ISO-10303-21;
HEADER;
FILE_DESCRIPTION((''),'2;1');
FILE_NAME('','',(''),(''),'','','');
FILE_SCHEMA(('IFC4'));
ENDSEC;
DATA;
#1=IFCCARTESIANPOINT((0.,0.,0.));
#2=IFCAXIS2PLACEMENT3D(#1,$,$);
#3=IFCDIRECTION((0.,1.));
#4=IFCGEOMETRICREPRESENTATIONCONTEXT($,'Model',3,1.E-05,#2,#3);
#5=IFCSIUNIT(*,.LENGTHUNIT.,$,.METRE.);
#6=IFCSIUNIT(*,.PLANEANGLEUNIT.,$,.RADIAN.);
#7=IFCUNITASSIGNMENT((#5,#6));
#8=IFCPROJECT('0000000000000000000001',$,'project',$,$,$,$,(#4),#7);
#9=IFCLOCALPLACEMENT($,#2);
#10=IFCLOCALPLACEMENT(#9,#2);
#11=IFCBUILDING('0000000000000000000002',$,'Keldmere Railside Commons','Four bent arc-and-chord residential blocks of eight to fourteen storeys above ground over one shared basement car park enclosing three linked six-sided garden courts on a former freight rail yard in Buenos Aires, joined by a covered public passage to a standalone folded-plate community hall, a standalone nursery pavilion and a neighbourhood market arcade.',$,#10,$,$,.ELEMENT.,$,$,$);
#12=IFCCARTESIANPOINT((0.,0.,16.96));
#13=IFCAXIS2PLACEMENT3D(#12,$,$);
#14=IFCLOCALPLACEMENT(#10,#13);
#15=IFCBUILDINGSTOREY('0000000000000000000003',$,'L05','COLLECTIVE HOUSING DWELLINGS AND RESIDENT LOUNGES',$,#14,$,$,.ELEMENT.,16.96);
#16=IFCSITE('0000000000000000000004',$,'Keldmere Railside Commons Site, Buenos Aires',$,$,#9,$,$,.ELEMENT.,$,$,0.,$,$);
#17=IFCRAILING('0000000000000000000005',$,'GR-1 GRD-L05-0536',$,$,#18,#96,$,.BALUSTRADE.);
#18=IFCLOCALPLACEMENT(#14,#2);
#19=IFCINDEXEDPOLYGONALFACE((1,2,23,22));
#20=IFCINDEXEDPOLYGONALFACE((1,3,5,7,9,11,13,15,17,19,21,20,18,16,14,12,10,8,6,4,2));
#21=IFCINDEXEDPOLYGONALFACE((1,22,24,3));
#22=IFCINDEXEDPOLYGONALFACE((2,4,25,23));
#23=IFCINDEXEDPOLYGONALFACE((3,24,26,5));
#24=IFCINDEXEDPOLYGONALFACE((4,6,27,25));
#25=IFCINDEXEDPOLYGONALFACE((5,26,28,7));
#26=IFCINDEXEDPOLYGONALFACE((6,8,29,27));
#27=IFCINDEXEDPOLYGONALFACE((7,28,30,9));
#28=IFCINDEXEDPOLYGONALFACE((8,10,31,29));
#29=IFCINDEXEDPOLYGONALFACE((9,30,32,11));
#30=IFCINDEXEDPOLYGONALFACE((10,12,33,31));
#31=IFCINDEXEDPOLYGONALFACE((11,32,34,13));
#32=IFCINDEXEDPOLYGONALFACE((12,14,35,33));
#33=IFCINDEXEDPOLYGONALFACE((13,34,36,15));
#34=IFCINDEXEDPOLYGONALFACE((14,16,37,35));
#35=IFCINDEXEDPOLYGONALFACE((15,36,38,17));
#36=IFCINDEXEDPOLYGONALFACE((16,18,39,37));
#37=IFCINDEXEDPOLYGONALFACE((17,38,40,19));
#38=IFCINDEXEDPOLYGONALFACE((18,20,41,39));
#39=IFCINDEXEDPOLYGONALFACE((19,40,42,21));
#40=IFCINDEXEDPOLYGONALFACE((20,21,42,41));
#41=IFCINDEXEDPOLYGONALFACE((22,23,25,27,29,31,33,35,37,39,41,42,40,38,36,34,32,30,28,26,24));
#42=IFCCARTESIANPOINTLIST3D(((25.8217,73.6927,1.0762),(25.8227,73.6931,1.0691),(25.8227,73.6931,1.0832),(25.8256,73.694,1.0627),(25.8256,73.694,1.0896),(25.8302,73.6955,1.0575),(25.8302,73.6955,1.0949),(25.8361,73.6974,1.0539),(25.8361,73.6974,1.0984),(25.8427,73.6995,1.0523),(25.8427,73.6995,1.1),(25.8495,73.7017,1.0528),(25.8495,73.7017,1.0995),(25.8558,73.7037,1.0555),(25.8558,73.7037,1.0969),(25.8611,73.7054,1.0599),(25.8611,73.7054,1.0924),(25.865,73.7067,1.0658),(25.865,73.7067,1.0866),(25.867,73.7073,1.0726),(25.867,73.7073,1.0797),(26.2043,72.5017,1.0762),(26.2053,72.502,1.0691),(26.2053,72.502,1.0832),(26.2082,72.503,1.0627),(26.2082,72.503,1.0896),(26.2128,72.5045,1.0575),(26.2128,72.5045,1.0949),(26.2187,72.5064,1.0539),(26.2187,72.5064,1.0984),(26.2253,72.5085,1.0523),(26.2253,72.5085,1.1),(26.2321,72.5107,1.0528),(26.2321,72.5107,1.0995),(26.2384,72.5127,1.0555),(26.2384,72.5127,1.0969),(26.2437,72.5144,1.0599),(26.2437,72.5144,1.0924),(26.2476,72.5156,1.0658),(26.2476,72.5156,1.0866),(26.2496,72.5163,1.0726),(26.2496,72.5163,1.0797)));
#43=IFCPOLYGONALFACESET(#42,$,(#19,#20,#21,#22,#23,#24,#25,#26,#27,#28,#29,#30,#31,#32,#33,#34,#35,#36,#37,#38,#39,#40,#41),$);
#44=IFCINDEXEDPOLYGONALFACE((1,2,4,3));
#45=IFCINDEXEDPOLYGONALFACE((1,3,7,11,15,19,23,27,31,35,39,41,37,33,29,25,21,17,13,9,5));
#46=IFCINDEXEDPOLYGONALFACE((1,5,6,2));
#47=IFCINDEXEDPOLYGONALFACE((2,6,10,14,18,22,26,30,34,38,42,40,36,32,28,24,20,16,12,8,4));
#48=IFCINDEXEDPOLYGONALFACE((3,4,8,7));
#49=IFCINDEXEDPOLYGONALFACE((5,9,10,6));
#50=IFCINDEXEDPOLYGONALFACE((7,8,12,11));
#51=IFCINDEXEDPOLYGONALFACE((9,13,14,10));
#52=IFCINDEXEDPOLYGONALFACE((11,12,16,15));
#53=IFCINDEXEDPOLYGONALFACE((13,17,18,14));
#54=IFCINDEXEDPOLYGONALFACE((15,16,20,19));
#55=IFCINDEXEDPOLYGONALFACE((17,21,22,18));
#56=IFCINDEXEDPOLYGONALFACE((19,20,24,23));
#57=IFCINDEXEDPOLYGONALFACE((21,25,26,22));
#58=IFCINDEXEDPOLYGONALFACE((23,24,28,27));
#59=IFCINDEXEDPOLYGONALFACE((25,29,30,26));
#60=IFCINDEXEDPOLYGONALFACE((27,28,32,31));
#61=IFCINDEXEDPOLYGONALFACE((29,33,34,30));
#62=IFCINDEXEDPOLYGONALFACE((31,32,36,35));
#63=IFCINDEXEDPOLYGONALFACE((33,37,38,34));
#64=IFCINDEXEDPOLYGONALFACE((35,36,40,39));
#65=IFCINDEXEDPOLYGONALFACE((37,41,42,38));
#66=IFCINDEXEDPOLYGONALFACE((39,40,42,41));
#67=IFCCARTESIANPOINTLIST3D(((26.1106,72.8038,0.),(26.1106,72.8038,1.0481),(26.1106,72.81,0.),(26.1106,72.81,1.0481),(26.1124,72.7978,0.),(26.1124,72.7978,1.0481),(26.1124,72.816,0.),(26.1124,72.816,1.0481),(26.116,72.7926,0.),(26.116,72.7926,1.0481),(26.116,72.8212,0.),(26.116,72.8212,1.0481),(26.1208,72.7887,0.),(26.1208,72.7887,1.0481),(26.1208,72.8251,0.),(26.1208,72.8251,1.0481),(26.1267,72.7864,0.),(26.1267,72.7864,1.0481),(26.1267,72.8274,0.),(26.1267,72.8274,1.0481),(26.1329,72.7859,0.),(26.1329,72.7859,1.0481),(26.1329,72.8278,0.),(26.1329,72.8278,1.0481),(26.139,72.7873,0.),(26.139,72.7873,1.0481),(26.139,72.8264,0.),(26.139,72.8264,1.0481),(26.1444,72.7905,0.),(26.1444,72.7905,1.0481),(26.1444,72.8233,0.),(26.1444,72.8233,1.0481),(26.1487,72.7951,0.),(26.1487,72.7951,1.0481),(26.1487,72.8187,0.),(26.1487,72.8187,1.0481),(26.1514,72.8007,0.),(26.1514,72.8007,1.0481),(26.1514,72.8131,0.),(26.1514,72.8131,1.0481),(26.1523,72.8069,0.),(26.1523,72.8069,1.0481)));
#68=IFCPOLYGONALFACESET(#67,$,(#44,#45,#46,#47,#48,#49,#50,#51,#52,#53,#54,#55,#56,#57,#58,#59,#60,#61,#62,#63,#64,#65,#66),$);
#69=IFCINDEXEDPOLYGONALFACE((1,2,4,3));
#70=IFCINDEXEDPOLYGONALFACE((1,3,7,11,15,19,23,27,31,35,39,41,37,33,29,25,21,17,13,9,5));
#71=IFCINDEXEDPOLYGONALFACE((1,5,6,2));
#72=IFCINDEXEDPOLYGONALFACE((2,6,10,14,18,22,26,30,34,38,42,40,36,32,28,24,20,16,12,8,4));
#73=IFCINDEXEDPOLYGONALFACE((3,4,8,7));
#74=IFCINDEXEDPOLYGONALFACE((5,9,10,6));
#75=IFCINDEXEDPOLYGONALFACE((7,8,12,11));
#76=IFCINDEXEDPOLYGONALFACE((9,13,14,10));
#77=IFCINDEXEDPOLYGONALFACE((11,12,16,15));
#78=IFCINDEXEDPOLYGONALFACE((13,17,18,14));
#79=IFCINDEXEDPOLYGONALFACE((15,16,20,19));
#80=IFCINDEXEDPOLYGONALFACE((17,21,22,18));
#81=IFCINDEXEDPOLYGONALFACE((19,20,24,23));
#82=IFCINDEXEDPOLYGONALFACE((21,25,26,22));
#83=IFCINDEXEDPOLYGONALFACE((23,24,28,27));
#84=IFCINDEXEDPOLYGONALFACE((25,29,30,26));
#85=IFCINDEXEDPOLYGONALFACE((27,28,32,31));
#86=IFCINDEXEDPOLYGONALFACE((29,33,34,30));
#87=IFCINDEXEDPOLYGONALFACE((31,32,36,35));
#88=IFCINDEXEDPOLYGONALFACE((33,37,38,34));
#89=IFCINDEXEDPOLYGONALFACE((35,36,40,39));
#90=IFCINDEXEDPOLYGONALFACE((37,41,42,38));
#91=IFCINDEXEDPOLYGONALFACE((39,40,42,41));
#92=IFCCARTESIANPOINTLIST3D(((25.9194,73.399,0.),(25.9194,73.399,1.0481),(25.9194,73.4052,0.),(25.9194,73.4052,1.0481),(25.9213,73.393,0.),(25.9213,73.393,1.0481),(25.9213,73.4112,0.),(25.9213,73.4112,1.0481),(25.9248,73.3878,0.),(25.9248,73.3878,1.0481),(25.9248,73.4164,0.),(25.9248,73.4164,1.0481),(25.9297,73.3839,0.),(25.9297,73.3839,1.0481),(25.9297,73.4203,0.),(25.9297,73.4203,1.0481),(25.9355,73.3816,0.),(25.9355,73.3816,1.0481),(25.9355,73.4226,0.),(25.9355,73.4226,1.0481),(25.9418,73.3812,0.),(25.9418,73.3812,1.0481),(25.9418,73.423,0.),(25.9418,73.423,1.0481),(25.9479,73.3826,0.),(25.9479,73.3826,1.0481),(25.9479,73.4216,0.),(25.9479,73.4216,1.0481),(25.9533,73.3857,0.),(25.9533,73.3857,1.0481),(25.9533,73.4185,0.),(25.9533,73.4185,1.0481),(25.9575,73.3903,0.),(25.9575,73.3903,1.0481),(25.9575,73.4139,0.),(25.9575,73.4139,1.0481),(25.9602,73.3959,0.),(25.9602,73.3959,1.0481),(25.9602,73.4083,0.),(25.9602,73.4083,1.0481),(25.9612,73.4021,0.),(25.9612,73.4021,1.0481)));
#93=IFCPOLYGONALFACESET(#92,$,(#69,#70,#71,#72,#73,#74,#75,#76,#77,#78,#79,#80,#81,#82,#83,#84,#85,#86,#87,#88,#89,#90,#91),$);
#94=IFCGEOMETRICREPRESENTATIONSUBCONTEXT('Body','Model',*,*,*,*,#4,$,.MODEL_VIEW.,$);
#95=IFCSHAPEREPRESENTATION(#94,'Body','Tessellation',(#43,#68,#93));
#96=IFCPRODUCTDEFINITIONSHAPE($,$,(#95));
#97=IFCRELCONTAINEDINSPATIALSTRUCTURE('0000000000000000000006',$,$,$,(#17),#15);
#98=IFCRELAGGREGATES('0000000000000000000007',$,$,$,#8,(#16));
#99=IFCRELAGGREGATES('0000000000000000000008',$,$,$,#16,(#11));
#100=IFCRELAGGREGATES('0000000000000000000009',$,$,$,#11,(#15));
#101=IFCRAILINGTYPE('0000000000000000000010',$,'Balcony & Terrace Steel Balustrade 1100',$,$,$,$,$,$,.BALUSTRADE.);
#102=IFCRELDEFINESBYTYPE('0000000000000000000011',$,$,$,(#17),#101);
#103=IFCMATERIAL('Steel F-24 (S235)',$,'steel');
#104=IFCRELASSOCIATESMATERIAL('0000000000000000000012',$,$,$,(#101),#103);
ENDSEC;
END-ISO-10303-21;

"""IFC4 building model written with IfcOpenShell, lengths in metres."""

from ifc_helpers import new_model, si_unit, direction, frame, origin, origin_2d, place, context, subcontext, project, spatial, circle, extrude, material, type_object, element, save


model = new_model("IFC4")

# Units and contexts
model_context = context("Model", 3, precision=1e-05, world=origin(), true_north=direction((0.0, 1.0)))
body_context = subcontext(model_context, "Body", "Model", "MODEL_VIEW")
ifc_project = project(units=[si_unit("LENGTHUNIT", "METRE"), si_unit("PLANEANGLEUNIT", "RADIAN")], contexts=[model_context])

# Site, building, storey
site_placement = place(None, origin())
site = spatial("IfcSite", under=ifc_project, at=site_placement, Name="Keldmere Railside Commons Site, Buenos Aires", CompositionType="ELEMENT", RefElevation=0.0)
building_placement = place(site_placement, origin())
building = spatial("IfcBuilding", under=site, at=building_placement, Name="Keldmere Railside Commons", Description="Four bent arc-and-chord residential blocks of eight to fourteen storeys above ground over one shared basement car park enclosing three linked six-sided garden courts on a former freight rail yard in Buenos Aires, joined by a covered public passage to a standalone folded-plate community hall, a standalone nursery pavilion and a neighbourhood market arcade.", CompositionType="ELEMENT")
storey_placement = place(building_placement, frame((0.0, 0.0, 16.96)))
storey = spatial("IfcBuildingStorey", under=building, at=storey_placement, Name="L05", Description="COLLECTIVE HOUSING DWELLINGS AND RESIDENT LOUNGES", CompositionType="ELEMENT", Elevation=16.96)

# Railing
ifc_material_1 = material(Name="Steel F-24 (S235)", Category="steel")
railing_type = type_object("IfcRailingType", Name="Balcony & Terrace Steel Balustrade 1100", PredefinedType="BALUSTRADE", material=ifc_material_1)
railing_1_placement = place(storey_placement, frame((26.2271, 72.509, 0.0)))
element("IfcRailing", 1, at=railing_1_placement, inside=storey, type_object=railing_type, Name="GR-1 GRD-L05-0536", PredefinedType="BALUSTRADE", context=body_context, shape_type="SweptSolid", body=[
    extrude(circle(Radius=0.0239, at=origin_2d()), frame((0.0, 0.0, 1.0762), z_axis=(-0.305845, 0.952081, 0.0), x_axis=(-0.952081, -0.305845, 0.0)), (0.0, 0.0, 1.0), 1.251),
    extrude(circle(Radius=0.021, at=origin_2d()), frame((-0.0957, 0.2979, 0.0)), (0.0, 0.0, 1.0), 1.0481),
    extrude(circle(Radius=0.021, at=origin_2d()), frame((-0.2869, 0.8931, 0.0)), (0.0, 0.0, 1.0), 1.0481),
])

save(model, "model.ifc")
